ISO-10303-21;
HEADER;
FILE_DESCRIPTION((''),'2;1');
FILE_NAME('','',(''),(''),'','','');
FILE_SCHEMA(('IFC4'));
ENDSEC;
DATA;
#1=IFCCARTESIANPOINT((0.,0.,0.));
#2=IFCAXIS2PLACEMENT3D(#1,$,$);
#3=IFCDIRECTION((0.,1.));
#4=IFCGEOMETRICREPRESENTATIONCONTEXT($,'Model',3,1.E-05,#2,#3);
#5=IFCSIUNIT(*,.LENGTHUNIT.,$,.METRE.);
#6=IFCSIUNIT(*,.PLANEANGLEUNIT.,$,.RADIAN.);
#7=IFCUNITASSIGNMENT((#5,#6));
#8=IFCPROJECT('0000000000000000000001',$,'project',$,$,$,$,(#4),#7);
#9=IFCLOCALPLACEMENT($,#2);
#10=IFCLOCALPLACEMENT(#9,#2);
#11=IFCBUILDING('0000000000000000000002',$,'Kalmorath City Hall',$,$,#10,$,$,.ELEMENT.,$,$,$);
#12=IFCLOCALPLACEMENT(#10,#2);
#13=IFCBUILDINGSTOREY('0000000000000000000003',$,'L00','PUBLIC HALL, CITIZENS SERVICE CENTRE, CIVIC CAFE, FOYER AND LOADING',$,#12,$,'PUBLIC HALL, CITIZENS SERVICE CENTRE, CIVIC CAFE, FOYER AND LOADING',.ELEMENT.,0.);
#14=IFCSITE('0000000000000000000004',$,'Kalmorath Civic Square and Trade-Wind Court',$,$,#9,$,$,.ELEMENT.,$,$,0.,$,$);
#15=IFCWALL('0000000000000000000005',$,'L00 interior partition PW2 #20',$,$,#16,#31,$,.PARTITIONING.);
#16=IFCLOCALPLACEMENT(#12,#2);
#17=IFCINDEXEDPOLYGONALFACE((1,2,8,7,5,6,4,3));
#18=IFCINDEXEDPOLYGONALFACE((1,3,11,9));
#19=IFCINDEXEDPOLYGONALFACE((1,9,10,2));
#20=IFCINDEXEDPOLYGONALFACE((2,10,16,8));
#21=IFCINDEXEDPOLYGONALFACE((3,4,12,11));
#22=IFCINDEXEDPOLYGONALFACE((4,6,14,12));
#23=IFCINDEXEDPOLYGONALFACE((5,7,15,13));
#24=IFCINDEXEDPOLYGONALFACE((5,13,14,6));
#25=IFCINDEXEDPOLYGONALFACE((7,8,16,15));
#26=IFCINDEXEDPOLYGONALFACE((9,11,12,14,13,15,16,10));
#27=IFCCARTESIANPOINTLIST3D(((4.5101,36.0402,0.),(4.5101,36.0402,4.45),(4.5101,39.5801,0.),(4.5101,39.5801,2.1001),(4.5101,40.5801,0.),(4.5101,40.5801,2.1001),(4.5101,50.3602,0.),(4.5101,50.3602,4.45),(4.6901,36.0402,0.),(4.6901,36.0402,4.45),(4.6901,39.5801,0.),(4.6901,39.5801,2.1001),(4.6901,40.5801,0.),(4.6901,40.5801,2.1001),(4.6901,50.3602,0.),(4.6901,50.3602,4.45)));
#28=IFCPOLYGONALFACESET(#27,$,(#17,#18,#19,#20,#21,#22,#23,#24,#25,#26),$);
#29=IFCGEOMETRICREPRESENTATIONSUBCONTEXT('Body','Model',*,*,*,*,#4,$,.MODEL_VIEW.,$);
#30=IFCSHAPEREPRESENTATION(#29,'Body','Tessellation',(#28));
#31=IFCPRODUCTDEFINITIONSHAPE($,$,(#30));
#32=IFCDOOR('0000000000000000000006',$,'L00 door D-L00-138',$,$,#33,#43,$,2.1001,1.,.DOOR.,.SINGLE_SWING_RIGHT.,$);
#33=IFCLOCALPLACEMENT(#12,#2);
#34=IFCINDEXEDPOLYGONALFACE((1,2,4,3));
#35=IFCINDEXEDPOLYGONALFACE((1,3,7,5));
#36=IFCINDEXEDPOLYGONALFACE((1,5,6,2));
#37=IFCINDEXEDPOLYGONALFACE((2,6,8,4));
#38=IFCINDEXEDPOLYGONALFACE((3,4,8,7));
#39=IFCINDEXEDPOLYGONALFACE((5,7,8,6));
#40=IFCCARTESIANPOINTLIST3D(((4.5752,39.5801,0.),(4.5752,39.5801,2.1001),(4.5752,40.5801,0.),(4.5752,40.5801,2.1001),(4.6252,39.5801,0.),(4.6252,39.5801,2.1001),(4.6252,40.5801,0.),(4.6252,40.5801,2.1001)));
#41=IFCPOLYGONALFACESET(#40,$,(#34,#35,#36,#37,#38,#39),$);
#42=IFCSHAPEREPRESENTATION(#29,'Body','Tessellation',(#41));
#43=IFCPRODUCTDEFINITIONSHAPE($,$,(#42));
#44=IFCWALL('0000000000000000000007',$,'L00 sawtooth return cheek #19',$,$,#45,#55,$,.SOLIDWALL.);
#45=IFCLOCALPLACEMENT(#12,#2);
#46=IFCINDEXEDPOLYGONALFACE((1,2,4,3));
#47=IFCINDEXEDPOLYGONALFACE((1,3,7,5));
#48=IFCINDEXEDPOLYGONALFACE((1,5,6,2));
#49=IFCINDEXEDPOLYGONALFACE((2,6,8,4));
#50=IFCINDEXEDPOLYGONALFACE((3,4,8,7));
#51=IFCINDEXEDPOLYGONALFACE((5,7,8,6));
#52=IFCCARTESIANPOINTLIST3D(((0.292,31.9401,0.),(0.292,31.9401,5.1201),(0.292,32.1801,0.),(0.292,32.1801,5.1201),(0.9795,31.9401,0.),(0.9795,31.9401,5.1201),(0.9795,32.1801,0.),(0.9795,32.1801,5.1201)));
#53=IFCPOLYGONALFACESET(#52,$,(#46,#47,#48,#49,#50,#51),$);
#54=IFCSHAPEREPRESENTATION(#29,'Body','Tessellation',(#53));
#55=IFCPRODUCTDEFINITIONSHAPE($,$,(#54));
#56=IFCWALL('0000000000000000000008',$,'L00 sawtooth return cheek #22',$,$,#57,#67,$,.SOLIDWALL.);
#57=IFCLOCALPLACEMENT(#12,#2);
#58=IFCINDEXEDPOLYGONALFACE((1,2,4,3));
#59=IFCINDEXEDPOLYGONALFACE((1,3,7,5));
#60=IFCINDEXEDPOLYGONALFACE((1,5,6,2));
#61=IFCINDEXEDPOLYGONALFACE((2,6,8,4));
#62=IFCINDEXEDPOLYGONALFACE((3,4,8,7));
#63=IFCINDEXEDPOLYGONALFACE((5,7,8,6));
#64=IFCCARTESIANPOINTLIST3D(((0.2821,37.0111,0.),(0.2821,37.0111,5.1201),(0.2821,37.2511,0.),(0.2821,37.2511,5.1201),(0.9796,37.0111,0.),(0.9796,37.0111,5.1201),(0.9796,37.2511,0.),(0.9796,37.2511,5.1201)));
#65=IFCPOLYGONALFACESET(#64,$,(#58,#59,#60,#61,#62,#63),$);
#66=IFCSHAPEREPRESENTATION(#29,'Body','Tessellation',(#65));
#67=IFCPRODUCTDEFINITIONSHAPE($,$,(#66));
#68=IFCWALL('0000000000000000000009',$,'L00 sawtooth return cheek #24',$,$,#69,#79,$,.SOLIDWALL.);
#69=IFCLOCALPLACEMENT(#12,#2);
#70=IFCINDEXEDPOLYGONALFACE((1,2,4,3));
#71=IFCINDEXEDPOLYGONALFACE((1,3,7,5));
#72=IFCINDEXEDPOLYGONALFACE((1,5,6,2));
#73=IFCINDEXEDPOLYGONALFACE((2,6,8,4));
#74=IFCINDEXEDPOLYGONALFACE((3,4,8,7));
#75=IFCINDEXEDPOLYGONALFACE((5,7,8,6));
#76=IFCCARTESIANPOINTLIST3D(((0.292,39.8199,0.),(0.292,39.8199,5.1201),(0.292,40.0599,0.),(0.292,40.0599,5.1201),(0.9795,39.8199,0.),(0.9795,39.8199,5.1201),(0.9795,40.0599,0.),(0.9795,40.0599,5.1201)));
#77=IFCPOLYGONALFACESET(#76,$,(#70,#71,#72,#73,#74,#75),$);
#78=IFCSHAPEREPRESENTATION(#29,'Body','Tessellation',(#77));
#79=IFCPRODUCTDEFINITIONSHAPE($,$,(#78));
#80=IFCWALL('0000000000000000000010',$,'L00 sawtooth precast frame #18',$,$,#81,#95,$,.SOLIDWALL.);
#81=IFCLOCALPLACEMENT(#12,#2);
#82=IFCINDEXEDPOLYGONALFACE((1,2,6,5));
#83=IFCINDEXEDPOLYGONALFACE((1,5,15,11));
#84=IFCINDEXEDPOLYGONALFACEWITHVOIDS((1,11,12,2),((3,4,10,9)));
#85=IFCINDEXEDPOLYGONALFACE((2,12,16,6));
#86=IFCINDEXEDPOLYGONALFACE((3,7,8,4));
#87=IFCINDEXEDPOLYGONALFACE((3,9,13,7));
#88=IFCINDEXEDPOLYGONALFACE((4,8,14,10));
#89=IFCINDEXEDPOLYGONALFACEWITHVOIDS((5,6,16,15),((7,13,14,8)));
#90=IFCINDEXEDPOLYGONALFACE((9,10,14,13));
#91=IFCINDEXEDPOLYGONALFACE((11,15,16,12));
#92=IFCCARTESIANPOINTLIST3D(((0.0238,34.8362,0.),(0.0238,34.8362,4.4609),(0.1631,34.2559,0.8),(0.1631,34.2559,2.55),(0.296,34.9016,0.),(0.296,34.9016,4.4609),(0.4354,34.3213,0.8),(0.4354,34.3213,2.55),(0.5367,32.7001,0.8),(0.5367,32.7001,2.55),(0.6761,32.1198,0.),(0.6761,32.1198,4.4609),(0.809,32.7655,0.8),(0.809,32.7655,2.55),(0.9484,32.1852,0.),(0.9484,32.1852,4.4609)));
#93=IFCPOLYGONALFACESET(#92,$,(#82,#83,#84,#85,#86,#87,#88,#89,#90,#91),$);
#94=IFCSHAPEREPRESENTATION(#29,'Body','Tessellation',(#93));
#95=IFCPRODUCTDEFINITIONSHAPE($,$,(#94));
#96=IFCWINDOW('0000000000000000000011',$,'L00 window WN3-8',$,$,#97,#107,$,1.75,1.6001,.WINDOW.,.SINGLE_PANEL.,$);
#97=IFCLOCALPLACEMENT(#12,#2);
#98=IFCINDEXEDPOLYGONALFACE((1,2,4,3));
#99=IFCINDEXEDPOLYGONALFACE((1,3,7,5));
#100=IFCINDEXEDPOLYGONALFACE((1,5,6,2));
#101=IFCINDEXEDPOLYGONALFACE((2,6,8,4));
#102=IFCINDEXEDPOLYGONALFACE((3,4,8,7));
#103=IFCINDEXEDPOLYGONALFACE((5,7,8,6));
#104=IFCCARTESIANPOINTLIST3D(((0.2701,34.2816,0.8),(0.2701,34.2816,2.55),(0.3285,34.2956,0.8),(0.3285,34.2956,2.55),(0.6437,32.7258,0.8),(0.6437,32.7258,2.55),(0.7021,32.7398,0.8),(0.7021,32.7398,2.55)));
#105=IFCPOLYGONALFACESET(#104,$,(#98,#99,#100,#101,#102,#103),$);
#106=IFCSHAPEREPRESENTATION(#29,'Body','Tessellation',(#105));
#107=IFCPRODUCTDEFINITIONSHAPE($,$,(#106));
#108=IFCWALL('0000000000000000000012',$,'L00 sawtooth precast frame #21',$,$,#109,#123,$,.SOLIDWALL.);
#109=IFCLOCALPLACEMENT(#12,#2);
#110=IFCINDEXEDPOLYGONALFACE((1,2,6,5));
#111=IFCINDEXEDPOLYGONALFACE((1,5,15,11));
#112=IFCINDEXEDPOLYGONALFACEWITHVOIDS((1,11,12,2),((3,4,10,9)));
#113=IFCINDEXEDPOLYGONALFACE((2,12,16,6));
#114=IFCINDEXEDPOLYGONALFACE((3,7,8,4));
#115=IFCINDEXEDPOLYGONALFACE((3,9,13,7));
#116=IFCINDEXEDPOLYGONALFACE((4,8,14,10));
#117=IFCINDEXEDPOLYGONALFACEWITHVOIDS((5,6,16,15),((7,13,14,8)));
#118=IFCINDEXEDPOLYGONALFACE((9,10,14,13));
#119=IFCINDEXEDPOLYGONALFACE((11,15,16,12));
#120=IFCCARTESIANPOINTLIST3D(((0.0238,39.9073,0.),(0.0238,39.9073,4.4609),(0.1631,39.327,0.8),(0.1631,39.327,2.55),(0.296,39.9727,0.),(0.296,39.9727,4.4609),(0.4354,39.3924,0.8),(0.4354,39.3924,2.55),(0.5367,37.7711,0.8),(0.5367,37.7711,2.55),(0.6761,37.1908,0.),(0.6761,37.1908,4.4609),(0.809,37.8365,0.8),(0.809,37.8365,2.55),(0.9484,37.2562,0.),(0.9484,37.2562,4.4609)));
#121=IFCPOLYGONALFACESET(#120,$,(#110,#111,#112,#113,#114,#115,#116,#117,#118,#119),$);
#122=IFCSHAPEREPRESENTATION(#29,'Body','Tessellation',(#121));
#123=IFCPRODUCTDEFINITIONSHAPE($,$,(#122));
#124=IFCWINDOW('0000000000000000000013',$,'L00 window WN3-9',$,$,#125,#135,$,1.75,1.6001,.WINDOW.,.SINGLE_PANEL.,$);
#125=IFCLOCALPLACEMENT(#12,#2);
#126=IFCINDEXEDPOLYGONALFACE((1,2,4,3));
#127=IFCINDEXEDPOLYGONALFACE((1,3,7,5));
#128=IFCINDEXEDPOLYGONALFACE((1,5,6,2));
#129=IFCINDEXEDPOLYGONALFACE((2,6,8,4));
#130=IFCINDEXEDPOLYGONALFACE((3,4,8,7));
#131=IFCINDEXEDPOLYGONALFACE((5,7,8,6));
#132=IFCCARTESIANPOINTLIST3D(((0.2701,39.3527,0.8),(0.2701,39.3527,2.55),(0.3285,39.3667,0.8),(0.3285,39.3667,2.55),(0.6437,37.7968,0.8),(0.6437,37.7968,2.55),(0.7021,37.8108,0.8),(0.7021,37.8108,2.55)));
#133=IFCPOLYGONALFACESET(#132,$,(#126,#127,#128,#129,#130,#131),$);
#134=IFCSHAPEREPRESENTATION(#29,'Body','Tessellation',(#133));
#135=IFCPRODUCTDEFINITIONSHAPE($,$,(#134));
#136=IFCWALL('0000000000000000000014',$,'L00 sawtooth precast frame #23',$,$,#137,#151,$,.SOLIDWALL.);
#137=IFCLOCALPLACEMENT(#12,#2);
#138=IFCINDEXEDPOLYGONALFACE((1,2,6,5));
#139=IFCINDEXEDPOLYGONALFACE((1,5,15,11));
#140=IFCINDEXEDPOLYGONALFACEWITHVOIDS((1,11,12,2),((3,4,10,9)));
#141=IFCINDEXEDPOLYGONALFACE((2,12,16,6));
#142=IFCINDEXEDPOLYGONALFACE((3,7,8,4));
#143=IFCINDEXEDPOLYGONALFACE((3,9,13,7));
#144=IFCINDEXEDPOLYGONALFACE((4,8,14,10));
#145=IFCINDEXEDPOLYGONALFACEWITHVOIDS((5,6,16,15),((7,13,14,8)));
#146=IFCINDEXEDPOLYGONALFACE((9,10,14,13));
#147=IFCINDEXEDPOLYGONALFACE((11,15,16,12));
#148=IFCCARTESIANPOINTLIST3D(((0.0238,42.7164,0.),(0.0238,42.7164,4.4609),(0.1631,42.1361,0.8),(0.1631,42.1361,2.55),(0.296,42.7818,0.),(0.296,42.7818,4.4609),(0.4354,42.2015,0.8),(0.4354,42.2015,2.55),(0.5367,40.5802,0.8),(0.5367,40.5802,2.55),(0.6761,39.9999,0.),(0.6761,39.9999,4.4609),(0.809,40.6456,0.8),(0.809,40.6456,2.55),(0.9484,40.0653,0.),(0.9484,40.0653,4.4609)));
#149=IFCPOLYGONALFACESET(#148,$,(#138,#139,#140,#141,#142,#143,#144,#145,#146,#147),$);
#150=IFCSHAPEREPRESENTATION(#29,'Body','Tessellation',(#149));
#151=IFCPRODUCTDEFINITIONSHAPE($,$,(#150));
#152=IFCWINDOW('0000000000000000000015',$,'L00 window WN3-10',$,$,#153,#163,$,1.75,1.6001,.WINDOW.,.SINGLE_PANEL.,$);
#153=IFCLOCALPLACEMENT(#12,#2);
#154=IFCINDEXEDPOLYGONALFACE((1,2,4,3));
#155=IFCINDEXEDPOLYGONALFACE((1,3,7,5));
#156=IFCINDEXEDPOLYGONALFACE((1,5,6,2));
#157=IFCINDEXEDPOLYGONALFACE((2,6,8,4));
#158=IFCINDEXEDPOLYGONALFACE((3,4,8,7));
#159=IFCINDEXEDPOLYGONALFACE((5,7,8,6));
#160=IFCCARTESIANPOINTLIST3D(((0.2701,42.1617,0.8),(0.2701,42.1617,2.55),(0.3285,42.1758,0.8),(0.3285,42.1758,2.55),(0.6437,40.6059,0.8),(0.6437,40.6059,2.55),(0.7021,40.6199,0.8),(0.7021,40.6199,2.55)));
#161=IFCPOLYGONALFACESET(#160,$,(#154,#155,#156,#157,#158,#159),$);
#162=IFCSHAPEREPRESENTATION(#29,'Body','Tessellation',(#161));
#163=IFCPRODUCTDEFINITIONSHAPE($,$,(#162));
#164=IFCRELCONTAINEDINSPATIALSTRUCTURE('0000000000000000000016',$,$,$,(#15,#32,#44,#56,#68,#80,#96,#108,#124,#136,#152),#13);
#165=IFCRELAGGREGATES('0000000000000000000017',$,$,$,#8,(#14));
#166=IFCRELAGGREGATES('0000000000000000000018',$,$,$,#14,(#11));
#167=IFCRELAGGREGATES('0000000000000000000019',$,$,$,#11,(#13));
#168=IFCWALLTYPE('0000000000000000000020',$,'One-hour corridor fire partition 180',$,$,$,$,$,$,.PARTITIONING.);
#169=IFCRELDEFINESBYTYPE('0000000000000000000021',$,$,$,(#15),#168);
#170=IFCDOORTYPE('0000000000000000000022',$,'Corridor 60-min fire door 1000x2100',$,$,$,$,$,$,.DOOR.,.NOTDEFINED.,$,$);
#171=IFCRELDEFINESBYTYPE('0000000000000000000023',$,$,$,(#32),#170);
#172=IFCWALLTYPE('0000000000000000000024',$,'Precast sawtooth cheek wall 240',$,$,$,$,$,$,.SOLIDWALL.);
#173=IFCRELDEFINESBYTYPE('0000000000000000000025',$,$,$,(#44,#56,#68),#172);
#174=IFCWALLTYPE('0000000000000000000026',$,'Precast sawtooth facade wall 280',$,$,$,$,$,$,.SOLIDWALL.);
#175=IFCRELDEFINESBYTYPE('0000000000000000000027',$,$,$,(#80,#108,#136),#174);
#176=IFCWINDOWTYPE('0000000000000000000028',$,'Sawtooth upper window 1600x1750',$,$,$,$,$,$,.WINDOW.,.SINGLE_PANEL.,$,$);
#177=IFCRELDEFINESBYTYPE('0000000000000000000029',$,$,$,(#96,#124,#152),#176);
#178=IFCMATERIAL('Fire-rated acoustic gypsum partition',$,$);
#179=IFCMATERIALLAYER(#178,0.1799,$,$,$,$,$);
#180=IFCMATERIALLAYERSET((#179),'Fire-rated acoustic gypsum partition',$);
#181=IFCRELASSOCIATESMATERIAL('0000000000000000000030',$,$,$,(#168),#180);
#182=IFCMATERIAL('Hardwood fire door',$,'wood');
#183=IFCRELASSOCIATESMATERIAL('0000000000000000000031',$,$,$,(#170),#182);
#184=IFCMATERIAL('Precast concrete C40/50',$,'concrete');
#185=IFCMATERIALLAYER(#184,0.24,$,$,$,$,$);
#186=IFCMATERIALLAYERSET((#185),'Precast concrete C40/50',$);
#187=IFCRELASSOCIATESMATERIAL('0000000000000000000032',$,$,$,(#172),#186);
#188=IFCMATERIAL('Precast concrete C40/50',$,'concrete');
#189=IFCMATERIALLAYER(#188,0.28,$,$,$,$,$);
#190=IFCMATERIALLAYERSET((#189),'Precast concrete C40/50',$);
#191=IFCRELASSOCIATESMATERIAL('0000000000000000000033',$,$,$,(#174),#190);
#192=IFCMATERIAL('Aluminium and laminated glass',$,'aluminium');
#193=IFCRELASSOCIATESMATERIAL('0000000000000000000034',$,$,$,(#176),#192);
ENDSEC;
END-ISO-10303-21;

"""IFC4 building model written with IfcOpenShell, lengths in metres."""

from ifc_helpers import new_model, si_unit, direction, frame, frame_2d, origin, place, context, subcontext, project, spatial, rectangle, extrude, material, layer, layer_set, type_object, element, fill, save


model = new_model("IFC4")

# Units and contexts
model_context = context("Model", 3, precision=1e-05, world=origin(), true_north=direction((0.0, 1.0)))
body_context = subcontext(model_context, "Body", "Model", "MODEL_VIEW")
ifc_project = project(units=[si_unit("LENGTHUNIT", "METRE"), si_unit("PLANEANGLEUNIT", "RADIAN")], contexts=[model_context])

# Site, building, storey
site_placement = place(None, origin())
site = spatial("IfcSite", under=ifc_project, at=site_placement, Name="Kalmorath Civic Square and Trade-Wind Court", CompositionType="ELEMENT", RefElevation=0.0)
building_placement = place(site_placement, origin())
building = spatial("IfcBuilding", under=site, at=building_placement, Name="Kalmorath City Hall", CompositionType="ELEMENT")
storey_placement = place(building_placement, origin())
storey = spatial("IfcBuildingStorey", under=building, at=storey_placement, Name="L00", Description="PUBLIC HALL, CITIZENS SERVICE CENTRE, CIVIC CAFE, FOYER AND LOADING", LongName="PUBLIC HALL, CITIZENS SERVICE CENTRE, CIVIC CAFE, FOYER AND LOADING", CompositionType="ELEMENT", Elevation=0.0)

# Wall, opening, door
ifc_material_1 = material(Name="Fire-rated acoustic gypsum partition")
ifc_layer_1 = layer(ifc_material_1, 0.1799)
ifc_layer_set_1 = layer_set([ifc_layer_1], Name="Fire-rated acoustic gypsum partition")
wall_type_1 = type_object("IfcWallType", Name="One-hour corridor fire partition 180", PredefinedType="PARTITIONING", material=ifc_layer_set_1)
wall_1_placement = place(storey_placement, frame((4.6001, 36.04, 0.0), z_axis=(0.0, 0.0, 1.0), x_axis=(0.0, 1.0, 0.0)))
wall_1 = element("IfcWall", 1, at=wall_1_placement, inside=storey, type_object=wall_type_1, Name="L00 interior partition PW2 #20", PredefinedType="PARTITIONING", context=body_context, shape_type="SweptSolid", body=[
    extrude(rectangle(XDim=14.3201, YDim=0.1799, at=frame_2d((7.1602, 0.0))), origin(), (0.0, 0.0, 1.0), 4.45),
])
opening_1_placement = place(wall_1_placement, frame((3.54, 0.0, 0.0)))
opening_1 = element("IfcOpeningElement", 2, at=opening_1_placement, cuts=wall_1, PredefinedType="OPENING", context=body_context, shape_type="SweptSolid", body=[
    extrude(rectangle(XDim=1.0, YDim=2.1001, at=frame_2d((0.5, 1.05))), frame((0.0, 0.0999, 0.0), z_axis=(0.0, -1.0, 0.0), x_axis=(1.0, 0.0, 0.0)), (0.0, 0.0, 1.0), 0.2),
])
ifc_material_2 = material(Name="Hardwood fire door", Category="wood")
door_type = type_object("IfcDoorType", Name="Corridor 60-min fire door 1000x2100", OperationType="NOTDEFINED", PredefinedType="DOOR", material=ifc_material_2)
door_placement = place(opening_1_placement, origin())
door = element("IfcDoor", 3, at=door_placement, inside=storey, type_object=door_type, Name="L00 door D-L00-138", OperationType="SINGLE_SWING_RIGHT", OverallHeight=2.1001, OverallWidth=1.0, PredefinedType="DOOR", context=body_context, shape_type="SweptSolid", body=[
    extrude(rectangle(XDim=1.0, YDim=2.1001, at=frame_2d((0.5, 1.05))), frame((0.0, 0.0249, 0.0), z_axis=(0.0, -1.0, 0.0), x_axis=(1.0, 0.0, 0.0)), (0.0, 0.0, 1.0), 0.05),
])
fill(opening_1, door)

# Walls
ifc_material_3 = material(Name="Precast concrete C40/50", Category="concrete")
ifc_layer_2 = layer(ifc_material_3, 0.24)
ifc_layer_set_2 = layer_set([ifc_layer_2], Name="Precast concrete C40/50")
wall_type_2 = type_object("IfcWallType", Name="Precast sawtooth cheek wall 240", PredefinedType="SOLIDWALL", material=ifc_layer_set_2)
wall_2_placement = place(storey_placement, frame((0.9795, 32.0601, 0.0), z_axis=(0.0, 0.0, 1.0), x_axis=(-1.0, 0.0, 0.0)))
element("IfcWall", 4, at=wall_2_placement, inside=storey, type_object=wall_type_2, Name="L00 sawtooth return cheek #19", PredefinedType="SOLIDWALL", context=body_context, shape_type="SweptSolid", body=[
    extrude(rectangle(XDim=0.6875, YDim=0.24, at=frame_2d((0.3438, 0.0))), origin(), (0.0, 0.0, 1.0), 5.1201),
])
wall_3_placement = place(storey_placement, frame((0.9795, 37.1311, 0.0), z_axis=(0.0, 0.0, 1.0), x_axis=(-1.0, 0.0, 0.0)))
element("IfcWall", 5, at=wall_3_placement, inside=storey, type_object=wall_type_2, Name="L00 sawtooth return cheek #22", PredefinedType="SOLIDWALL", context=body_context, shape_type="SweptSolid", body=[
    extrude(rectangle(XDim=0.6975, YDim=0.24, at=frame_2d((0.3486, 0.0))), origin(), (0.0, 0.0, 1.0), 5.1201),
])
wall_4_placement = place(storey_placement, frame((0.9795, 39.9399, 0.0), z_axis=(0.0, 0.0, 1.0), x_axis=(-1.0, 0.0, 0.0)))
element("IfcWall", 6, at=wall_4_placement, inside=storey, type_object=wall_type_2, Name="L00 sawtooth return cheek #24", PredefinedType="SOLIDWALL", context=body_context, shape_type="SweptSolid", body=[
    extrude(rectangle(XDim=0.6875, YDim=0.24, at=frame_2d((0.3438, 0.0))), origin(), (0.0, 0.0, 1.0), 5.1201),
])

# Walls, openings, windows
ifc_material_4 = material(Name="Precast concrete C40/50", Category="concrete")
ifc_layer_3 = layer(ifc_material_4, 0.28)
ifc_layer_set_3 = layer_set([ifc_layer_3], Name="Precast concrete C40/50")
wall_type_3 = type_object("IfcWallType", Name="Precast sawtooth facade wall 280", PredefinedType="SOLIDWALL", material=ifc_layer_set_3)
wall_5_placement = place(storey_placement, frame((0.8123, 32.1523, 0.0), z_axis=(0.0, 0.0, 1.0), x_axis=(-0.233499, 0.972357, 0.0)))
wall_5 = element("IfcWall", 7, at=wall_5_placement, inside=storey, type_object=wall_type_3, Name="L00 sawtooth precast frame #18", PredefinedType="SOLIDWALL", context=body_context, shape_type="SweptSolid", body=[
    extrude(rectangle(XDim=2.7937, YDim=0.28, at=frame_2d((1.397, 0.0))), origin(), (0.0, 0.0, 1.0), 4.4609),
])
opening_2_placement = place(wall_5_placement, frame((0.5969, 0.0, 0.8)))
opening_2 = element("IfcOpeningElement", 8, at=opening_2_placement, cuts=wall_5, PredefinedType="OPENING", context=body_context, shape_type="SweptSolid", body=[
    extrude(rectangle(XDim=1.6001, YDim=1.75, at=frame_2d((0.8, 0.875))), frame((0.0, 0.1499, 0.0), z_axis=(0.0, -1.0, 0.0), x_axis=(1.0, 0.0, 0.0)), (0.0, 0.0, 1.0), 0.3),
])
ifc_material_5 = material(Name="Aluminium and laminated glass", Category="aluminium")
window_type = type_object("IfcWindowType", Name="Sawtooth upper window 1600x1750", PartitioningType="SINGLE_PANEL", PredefinedType="WINDOW", material=ifc_material_5)
window_1_placement = place(opening_2_placement, origin())
window_1 = element("IfcWindow", 9, at=window_1_placement, inside=storey, type_object=window_type, Name="L00 window WN3-8", OverallHeight=1.75, OverallWidth=1.6001, PartitioningType="SINGLE_PANEL", PredefinedType="WINDOW", context=body_context, shape_type="SweptSolid", body=[
    extrude(rectangle(XDim=1.6001, YDim=1.75, at=frame_2d((0.8, 0.875))), frame((0.0, 0.03, 0.0), z_axis=(0.0, -1.0, 0.0), x_axis=(1.0, 0.0, 0.0)), (0.0, 0.0, 1.0), 0.0601),
])
fill(opening_2, window_1)
wall_6_placement = place(storey_placement, frame((0.8123, 37.2234, 0.0), z_axis=(0.0, 0.0, 1.0), x_axis=(-0.233499, 0.972357, 0.0)))
wall_6 = element("IfcWall", 10, at=wall_6_placement, inside=storey, type_object=wall_type_3, Name="L00 sawtooth precast frame #21", PredefinedType="SOLIDWALL", context=body_context, shape_type="SweptSolid", body=[
    extrude(rectangle(XDim=2.7937, YDim=0.28, at=frame_2d((1.397, 0.0))), origin(), (0.0, 0.0, 1.0), 4.4609),
])
opening_3_placement = place(wall_6_placement, frame((0.5969, 0.0, 0.8)))
opening_3 = element("IfcOpeningElement", 11, at=opening_3_placement, cuts=wall_6, PredefinedType="OPENING", context=body_context, shape_type="SweptSolid", body=[
    extrude(rectangle(XDim=1.6001, YDim=1.75, at=frame_2d((0.8, 0.875))), frame((0.0, 0.1499, 0.0), z_axis=(0.0, -1.0, 0.0), x_axis=(1.0, 0.0, 0.0)), (0.0, 0.0, 1.0), 0.3),
])
window_2_placement = place(opening_3_placement, origin())
window_2 = element("IfcWindow", 12, at=window_2_placement, inside=storey, type_object=window_type, Name="L00 window WN3-9", OverallHeight=1.75, OverallWidth=1.6001, PartitioningType="SINGLE_PANEL", PredefinedType="WINDOW", context=body_context, shape_type="SweptSolid", body=[
    extrude(rectangle(XDim=1.6001, YDim=1.75, at=frame_2d((0.8, 0.875))), frame((0.0, 0.03, 0.0), z_axis=(0.0, -1.0, 0.0), x_axis=(1.0, 0.0, 0.0)), (0.0, 0.0, 1.0), 0.0601),
])
fill(opening_3, window_2)
wall_7_placement = place(storey_placement, frame((0.8123, 40.0325, 0.0), z_axis=(0.0, 0.0, 1.0), x_axis=(-0.233499, 0.972357, 0.0)))
wall_7 = element("IfcWall", 13, at=wall_7_placement, inside=storey, type_object=wall_type_3, Name="L00 sawtooth precast frame #23", PredefinedType="SOLIDWALL", context=body_context, shape_type="SweptSolid", body=[
    extrude(rectangle(XDim=2.7937, YDim=0.28, at=frame_2d((1.397, 0.0))), origin(), (0.0, 0.0, 1.0), 4.4609),
])
opening_4_placement = place(wall_7_placement, frame((0.5969, 0.0, 0.8)))
opening_4 = element("IfcOpeningElement", 14, at=opening_4_placement, cuts=wall_7, PredefinedType="OPENING", context=body_context, shape_type="SweptSolid", body=[
    extrude(rectangle(XDim=1.6001, YDim=1.75, at=frame_2d((0.8, 0.875))), frame((0.0, 0.1499, 0.0), z_axis=(0.0, -1.0, 0.0), x_axis=(1.0, 0.0, 0.0)), (0.0, 0.0, 1.0), 0.3),
])
window_3_placement = place(opening_4_placement, origin())
window_3 = element("IfcWindow", 15, at=window_3_placement, inside=storey, type_object=window_type, Name="L00 window WN3-10", OverallHeight=1.75, OverallWidth=1.6001, PartitioningType="SINGLE_PANEL", PredefinedType="WINDOW", context=body_context, shape_type="SweptSolid", body=[
    extrude(rectangle(XDim=1.6001, YDim=1.75, at=frame_2d((0.8, 0.875))), frame((0.0, 0.03, 0.0), z_axis=(0.0, -1.0, 0.0), x_axis=(1.0, 0.0, 0.0)), (0.0, 0.0, 1.0), 0.0601),
])
fill(opening_4, window_3)

save(model, "model.ifc")
